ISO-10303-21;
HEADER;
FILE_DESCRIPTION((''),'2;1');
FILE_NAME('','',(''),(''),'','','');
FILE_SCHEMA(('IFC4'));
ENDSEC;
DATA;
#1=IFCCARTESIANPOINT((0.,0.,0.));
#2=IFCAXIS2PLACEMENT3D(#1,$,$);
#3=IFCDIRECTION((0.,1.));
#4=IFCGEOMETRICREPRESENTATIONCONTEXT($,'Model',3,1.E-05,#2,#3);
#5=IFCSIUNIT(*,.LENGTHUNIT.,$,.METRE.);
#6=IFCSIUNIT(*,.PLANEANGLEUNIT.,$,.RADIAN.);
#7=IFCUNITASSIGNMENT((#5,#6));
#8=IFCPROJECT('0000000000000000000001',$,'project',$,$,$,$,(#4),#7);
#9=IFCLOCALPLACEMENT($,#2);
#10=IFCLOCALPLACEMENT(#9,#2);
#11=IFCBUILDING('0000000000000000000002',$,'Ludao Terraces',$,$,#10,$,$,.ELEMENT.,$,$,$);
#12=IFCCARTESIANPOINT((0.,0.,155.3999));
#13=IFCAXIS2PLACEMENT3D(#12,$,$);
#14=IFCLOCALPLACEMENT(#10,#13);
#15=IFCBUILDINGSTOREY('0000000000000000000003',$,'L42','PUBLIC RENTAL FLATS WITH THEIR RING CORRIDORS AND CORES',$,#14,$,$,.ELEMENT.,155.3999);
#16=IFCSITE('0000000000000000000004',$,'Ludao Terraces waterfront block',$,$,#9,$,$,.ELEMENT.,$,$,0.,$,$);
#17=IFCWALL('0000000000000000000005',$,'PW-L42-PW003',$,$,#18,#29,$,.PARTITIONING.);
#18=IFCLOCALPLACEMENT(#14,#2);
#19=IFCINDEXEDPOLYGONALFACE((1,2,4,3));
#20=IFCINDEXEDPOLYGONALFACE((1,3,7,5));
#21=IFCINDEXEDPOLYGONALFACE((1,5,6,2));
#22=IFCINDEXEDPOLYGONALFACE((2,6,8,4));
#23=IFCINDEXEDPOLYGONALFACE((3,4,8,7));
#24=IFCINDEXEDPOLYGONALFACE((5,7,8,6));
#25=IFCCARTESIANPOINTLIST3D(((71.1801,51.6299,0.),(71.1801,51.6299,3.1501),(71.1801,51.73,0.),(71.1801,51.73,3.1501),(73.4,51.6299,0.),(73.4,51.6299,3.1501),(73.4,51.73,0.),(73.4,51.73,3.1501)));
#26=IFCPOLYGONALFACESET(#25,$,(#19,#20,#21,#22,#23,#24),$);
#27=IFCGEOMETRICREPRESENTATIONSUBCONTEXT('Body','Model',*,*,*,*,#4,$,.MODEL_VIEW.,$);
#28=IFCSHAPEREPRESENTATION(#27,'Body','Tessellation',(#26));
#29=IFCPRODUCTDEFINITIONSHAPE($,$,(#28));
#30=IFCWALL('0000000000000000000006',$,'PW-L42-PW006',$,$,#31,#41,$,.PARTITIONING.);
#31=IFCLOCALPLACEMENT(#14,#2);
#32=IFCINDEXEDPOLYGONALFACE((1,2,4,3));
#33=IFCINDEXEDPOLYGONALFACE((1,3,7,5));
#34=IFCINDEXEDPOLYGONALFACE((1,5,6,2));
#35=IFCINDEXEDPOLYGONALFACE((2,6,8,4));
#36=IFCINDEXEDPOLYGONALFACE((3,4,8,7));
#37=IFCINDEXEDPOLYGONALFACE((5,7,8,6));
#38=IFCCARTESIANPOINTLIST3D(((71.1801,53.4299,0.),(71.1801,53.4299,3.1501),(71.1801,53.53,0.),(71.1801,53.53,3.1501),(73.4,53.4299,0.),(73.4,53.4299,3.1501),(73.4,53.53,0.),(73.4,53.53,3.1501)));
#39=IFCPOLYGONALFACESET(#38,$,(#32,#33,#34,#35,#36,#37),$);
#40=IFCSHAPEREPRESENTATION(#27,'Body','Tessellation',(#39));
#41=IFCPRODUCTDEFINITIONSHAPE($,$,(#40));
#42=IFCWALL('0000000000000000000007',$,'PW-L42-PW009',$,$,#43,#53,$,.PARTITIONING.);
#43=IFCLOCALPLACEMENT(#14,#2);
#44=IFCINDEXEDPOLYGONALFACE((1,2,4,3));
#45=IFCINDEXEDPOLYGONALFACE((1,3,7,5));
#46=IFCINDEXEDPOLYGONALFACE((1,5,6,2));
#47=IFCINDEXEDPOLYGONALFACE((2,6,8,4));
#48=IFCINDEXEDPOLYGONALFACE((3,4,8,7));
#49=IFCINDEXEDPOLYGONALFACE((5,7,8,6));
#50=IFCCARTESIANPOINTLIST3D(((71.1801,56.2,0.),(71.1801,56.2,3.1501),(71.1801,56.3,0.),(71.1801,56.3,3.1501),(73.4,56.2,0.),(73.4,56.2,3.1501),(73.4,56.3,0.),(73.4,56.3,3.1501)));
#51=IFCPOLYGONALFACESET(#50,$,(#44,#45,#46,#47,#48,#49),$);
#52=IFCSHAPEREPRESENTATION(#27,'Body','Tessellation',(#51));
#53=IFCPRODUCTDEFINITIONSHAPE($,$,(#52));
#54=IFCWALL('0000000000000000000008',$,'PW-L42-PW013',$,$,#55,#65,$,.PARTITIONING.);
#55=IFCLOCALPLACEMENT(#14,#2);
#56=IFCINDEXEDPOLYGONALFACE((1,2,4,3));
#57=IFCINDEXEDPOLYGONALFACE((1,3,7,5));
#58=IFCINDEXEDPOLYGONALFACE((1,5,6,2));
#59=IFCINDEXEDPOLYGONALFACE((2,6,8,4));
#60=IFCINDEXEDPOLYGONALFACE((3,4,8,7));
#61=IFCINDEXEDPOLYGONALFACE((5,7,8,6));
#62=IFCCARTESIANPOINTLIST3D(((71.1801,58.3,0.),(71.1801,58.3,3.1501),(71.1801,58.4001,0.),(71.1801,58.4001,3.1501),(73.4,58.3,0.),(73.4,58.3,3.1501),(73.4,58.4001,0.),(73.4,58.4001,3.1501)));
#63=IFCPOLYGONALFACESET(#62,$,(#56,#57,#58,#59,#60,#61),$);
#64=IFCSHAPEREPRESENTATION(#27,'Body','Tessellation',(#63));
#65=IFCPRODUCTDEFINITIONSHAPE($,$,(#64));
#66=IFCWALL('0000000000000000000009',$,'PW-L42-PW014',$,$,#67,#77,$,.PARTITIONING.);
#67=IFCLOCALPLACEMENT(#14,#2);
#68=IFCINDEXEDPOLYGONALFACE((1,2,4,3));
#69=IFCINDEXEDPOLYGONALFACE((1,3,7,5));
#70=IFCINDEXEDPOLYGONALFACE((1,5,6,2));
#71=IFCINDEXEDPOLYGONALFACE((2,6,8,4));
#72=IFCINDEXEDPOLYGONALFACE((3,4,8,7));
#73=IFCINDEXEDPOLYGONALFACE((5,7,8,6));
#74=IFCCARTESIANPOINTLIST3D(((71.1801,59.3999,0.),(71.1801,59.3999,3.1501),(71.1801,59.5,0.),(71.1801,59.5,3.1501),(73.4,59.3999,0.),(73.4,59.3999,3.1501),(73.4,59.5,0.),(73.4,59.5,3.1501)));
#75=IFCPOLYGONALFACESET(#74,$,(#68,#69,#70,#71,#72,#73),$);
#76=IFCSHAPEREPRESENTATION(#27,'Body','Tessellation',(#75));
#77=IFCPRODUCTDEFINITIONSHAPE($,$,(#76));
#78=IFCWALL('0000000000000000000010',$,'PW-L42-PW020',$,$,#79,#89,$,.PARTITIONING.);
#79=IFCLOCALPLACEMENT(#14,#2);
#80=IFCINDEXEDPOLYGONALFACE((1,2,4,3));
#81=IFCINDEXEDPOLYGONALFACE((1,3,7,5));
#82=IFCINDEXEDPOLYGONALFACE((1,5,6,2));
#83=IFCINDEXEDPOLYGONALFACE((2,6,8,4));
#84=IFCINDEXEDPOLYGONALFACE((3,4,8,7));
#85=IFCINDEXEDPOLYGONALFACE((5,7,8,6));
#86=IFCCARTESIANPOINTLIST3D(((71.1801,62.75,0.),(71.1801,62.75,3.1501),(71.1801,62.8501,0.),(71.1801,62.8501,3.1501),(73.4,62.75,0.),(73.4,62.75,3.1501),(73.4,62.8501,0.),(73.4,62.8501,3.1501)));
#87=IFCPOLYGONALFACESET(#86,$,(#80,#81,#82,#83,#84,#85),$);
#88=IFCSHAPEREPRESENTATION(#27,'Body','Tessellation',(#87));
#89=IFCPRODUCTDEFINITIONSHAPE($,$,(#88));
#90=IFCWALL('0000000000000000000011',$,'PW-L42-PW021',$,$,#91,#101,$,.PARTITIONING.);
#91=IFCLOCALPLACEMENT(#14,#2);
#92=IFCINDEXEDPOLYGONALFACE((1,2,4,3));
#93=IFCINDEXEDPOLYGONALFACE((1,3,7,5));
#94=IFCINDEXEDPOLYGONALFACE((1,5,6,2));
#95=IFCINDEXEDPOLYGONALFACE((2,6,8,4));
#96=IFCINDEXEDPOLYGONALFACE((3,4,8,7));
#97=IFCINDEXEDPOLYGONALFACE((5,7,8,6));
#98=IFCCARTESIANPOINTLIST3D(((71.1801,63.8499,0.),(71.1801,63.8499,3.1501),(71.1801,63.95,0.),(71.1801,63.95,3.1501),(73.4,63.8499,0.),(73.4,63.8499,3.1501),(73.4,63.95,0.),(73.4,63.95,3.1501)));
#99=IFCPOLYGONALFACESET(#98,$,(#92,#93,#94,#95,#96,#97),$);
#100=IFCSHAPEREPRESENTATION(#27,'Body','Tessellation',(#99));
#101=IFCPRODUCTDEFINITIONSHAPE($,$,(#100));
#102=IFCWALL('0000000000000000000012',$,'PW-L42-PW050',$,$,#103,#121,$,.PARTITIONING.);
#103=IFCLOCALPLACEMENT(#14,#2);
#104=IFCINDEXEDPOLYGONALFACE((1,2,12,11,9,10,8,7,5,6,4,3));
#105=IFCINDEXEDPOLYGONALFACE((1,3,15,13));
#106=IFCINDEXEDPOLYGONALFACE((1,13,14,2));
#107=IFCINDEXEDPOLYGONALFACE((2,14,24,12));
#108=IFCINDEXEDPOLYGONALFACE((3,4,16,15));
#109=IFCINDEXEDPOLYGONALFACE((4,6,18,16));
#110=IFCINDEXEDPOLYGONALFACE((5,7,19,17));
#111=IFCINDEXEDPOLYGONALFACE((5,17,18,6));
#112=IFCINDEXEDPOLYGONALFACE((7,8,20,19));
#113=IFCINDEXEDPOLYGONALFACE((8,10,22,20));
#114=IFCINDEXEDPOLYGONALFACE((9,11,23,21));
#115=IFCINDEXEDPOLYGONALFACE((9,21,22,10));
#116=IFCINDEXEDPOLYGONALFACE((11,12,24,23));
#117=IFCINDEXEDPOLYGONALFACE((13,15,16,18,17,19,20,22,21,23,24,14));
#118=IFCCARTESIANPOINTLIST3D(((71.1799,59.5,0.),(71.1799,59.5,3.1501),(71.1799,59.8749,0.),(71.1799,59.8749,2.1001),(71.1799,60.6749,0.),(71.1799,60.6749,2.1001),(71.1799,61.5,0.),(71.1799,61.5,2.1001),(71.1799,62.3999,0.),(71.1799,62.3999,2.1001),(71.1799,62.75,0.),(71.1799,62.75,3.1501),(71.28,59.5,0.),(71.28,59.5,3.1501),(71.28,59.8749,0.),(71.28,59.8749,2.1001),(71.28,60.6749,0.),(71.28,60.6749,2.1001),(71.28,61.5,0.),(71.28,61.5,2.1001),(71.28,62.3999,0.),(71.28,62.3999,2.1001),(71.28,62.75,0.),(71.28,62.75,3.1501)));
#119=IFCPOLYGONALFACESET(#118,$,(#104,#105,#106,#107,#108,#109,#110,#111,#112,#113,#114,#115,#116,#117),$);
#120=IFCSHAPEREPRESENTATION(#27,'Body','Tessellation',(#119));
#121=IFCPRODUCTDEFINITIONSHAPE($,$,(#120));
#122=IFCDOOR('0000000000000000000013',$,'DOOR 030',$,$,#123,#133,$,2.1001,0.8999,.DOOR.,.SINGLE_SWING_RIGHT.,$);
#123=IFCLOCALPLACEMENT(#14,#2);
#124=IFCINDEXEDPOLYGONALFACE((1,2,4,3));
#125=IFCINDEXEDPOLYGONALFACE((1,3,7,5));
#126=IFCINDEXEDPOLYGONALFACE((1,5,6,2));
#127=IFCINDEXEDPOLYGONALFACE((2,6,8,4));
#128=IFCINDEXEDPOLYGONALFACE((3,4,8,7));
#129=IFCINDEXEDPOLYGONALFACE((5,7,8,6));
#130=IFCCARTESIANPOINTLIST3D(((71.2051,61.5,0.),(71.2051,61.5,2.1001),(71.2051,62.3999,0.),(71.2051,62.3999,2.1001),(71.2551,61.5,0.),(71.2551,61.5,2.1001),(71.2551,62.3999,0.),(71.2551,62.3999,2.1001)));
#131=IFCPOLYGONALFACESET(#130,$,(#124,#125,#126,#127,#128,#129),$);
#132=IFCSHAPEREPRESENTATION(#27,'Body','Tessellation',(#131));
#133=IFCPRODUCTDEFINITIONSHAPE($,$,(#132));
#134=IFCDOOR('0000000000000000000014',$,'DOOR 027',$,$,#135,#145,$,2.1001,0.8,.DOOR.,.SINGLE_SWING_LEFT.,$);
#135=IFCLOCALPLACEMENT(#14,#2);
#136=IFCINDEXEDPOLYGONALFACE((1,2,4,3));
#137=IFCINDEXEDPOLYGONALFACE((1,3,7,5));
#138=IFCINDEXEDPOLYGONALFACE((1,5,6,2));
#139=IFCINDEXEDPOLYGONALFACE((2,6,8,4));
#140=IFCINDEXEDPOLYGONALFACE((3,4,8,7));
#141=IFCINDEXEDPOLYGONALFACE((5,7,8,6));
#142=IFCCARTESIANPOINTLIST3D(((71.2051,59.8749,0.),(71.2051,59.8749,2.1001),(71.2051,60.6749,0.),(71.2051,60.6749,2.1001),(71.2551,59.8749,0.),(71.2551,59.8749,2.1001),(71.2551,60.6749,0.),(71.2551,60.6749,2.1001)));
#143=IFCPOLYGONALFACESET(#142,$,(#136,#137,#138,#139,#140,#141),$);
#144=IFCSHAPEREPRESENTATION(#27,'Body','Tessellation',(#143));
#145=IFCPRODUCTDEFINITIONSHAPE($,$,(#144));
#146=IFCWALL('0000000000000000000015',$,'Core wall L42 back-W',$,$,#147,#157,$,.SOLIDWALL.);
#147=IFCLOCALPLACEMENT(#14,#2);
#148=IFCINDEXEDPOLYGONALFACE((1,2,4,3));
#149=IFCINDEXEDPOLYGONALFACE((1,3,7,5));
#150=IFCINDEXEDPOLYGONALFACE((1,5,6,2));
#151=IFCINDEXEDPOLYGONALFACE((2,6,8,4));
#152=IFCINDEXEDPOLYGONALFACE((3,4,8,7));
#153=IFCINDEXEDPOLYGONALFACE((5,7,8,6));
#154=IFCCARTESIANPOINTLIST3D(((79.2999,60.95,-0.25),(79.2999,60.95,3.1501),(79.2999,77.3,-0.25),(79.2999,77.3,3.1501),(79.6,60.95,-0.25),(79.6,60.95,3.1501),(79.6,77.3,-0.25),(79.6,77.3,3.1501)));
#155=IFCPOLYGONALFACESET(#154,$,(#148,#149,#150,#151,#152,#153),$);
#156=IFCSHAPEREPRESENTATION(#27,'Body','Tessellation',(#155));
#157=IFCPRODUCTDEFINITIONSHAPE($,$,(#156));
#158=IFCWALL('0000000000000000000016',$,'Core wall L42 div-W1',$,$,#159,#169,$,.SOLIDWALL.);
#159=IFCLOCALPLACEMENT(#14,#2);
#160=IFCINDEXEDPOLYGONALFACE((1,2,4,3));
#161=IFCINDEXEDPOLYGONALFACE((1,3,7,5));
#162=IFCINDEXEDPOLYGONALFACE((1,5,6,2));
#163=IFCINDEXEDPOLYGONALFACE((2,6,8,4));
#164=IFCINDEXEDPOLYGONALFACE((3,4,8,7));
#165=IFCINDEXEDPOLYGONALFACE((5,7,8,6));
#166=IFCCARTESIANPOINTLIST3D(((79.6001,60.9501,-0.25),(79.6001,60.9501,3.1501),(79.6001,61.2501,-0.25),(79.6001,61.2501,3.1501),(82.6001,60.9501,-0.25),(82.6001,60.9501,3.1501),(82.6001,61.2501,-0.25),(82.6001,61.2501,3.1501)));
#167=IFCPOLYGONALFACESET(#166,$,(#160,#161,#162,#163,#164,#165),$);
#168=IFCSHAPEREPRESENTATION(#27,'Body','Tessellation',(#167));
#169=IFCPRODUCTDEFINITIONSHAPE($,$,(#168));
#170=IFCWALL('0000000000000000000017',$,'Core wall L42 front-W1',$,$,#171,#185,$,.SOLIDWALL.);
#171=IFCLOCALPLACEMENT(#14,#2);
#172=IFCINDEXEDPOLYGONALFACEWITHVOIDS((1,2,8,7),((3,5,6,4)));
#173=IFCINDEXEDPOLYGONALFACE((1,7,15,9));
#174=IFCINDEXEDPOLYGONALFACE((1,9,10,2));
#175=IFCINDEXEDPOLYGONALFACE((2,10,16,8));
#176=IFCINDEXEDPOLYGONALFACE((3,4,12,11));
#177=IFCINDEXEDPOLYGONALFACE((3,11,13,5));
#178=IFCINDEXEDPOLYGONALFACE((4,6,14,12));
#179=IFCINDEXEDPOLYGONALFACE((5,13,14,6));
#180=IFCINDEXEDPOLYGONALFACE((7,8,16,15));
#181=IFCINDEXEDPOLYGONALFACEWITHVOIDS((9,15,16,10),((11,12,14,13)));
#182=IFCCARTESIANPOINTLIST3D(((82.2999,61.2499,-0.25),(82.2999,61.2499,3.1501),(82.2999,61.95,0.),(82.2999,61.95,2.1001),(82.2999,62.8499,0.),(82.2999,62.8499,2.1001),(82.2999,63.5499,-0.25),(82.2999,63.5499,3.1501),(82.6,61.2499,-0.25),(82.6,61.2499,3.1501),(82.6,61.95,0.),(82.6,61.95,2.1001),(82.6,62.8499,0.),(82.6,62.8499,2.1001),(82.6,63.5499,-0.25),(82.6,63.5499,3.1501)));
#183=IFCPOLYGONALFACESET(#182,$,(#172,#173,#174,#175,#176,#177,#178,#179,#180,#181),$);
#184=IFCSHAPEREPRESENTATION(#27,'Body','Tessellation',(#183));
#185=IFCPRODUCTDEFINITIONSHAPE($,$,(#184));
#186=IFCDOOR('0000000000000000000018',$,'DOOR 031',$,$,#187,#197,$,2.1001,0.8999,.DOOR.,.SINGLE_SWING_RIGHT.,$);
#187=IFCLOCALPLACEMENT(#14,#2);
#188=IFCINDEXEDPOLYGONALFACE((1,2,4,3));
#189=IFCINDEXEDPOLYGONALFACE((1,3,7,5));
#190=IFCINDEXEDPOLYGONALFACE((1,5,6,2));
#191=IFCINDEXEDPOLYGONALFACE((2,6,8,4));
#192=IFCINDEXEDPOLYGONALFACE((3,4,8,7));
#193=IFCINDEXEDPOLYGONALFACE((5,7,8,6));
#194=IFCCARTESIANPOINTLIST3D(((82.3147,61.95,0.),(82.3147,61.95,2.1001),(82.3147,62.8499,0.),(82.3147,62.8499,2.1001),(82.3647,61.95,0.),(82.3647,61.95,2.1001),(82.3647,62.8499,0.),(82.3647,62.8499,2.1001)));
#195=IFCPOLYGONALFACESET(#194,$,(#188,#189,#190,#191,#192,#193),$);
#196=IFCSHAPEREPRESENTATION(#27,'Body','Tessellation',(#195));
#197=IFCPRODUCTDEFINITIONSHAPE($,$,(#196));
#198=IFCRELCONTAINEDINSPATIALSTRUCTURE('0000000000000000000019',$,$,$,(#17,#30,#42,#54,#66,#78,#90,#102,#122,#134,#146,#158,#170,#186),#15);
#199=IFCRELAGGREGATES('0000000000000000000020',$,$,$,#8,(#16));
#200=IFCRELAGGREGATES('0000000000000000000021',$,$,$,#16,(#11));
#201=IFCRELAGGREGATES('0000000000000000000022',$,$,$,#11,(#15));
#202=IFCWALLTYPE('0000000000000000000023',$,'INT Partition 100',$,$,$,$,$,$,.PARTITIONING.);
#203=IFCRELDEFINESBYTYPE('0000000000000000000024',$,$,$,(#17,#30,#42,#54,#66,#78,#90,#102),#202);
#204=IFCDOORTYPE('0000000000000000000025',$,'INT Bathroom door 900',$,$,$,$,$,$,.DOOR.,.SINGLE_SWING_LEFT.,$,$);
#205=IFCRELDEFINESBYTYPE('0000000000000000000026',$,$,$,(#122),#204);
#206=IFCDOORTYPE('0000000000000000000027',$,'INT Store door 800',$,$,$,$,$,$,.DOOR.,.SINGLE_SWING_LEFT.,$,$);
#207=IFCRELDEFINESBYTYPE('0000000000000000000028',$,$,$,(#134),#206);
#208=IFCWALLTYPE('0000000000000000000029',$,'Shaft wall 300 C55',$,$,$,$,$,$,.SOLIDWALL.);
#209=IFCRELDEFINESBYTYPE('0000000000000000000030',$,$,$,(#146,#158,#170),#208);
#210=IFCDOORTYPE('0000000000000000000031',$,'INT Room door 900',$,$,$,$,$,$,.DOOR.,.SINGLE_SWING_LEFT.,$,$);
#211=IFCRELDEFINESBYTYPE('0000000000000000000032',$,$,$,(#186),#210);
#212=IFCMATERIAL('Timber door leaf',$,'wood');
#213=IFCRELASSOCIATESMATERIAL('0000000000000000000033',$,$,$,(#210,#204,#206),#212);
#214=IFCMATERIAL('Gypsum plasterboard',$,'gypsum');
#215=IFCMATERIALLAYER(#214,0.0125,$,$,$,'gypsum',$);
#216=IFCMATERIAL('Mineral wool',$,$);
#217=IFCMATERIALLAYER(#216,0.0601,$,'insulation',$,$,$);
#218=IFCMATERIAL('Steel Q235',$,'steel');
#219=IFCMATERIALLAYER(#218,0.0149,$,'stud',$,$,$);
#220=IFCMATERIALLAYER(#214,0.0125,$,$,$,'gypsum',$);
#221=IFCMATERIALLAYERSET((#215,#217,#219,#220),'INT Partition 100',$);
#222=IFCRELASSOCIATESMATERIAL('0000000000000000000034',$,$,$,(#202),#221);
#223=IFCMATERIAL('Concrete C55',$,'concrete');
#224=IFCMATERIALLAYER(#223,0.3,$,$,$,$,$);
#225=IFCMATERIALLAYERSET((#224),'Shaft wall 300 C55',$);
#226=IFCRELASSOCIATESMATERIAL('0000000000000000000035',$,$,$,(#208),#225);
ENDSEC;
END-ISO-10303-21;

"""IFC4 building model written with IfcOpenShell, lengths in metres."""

from ifc_helpers import new_model, si_unit, direction, frame, frame_2d, origin, place, context, subcontext, project, spatial, rectangle, extrude, material, layer, layer_set, type_object, element, fill, save


model = new_model("IFC4")

# Units and contexts
model_context = context("Model", 3, precision=1e-05, world=origin(), true_north=direction((0.0, 1.0)))
body_context = subcontext(model_context, "Body", "Model", "MODEL_VIEW")
ifc_project = project(units=[si_unit("LENGTHUNIT", "METRE"), si_unit("PLANEANGLEUNIT", "RADIAN")], contexts=[model_context])

# Site, building, storey
site_placement = place(None, origin())
site = spatial("IfcSite", under=ifc_project, at=site_placement, Name="Ludao Terraces waterfront block", CompositionType="ELEMENT", RefElevation=0.0)
building_placement = place(site_placement, origin())
building = spatial("IfcBuilding", under=site, at=building_placement, Name="Ludao Terraces", CompositionType="ELEMENT")
storey_placement = place(building_placement, frame((0.0, 0.0, 155.3999)))
storey = spatial("IfcBuildingStorey", under=building, at=storey_placement, Name="L42", Description="PUBLIC RENTAL FLATS WITH THEIR RING CORRIDORS AND CORES", CompositionType="ELEMENT", Elevation=155.3999)

# Shared definitions
ifc_material_1 = material(Name="Steel Q235", Category="steel")
ifc_material_2 = material(Name="Timber door leaf", Category="wood")
door_type_1 = type_object("IfcDoorType", Name="INT Room door 900", OperationType="SINGLE_SWING_LEFT", PredefinedType="DOOR", material=ifc_material_2)

# Shared definitions
ifc_material_3 = material(Name="Mineral wool")

# Walls
ifc_material_4 = material(Name="Gypsum plasterboard", Category="gypsum")
ifc_layer_1 = layer(ifc_material_4, 0.0125, Category="gypsum")
ifc_layer_2 = layer(ifc_material_3, 0.0601, Name="insulation")
ifc_layer_3 = layer(ifc_material_1, 0.0149, Name="stud")
ifc_layer_4 = layer(ifc_material_4, 0.0125, Category="gypsum")
ifc_layer_set_1 = layer_set([ifc_layer_1, ifc_layer_2, ifc_layer_3, ifc_layer_4], Name="INT Partition 100")
wall_type_1 = type_object("IfcWallType", Name="INT Partition 100", PredefinedType="PARTITIONING", material=ifc_layer_set_1)
for number, where, z_axis, x_axis, name in (
    (1, (71.1802, 51.6799, 0.0), (0.0, 0.0, 1.0), (1.0, 0.0, 0.0), "PW-L42-PW003"),
    (2, (71.1802, 53.48, 0.0), (0.0, 0.0, 1.0), (1.0, 0.0, 0.0), "PW-L42-PW006"),
    (3, (71.1802, 56.25, 0.0), (0.0, 0.0, 1.0), (1.0, 0.0, 0.0), "PW-L42-PW009"),
    (4, (71.1802, 58.3501, 0.0), (0.0, 0.0, 1.0), (1.0, 0.0, 0.0), "PW-L42-PW013"),
    (5, (71.1802, 59.45, 0.0), (0.0, 0.0, 1.0), (1.0, 0.0, 0.0), "PW-L42-PW014"),
    (6, (71.1802, 62.8, 0.0), (0.0, 0.0, 1.0), (1.0, 0.0, 0.0), "PW-L42-PW020"),
    (7, (71.1802, 63.8999, 0.0), (0.0, 0.0, 1.0), (1.0, 0.0, 0.0), "PW-L42-PW021"),
):
    element("IfcWall", number, at=place(storey_placement, frame(where, z_axis=z_axis, x_axis=x_axis)), inside=storey, type_object=wall_type_1, Name=name, PredefinedType="PARTITIONING", context=body_context, shape_type="SweptSolid", body=[
        extrude(rectangle(XDim=2.22, YDim=0.1001, at=frame_2d((1.1099, 0.0))), origin(), (0.0, 0.0, 1.0), 3.1501),
    ])

# Wall, openings, doors
wall_1_placement = place(storey_placement, frame((71.23, 59.5, 0.0), z_axis=(0.0, 0.0, 1.0), x_axis=(0.0, 1.0, 0.0)))
wall_1 = element("IfcWall", 8, at=wall_1_placement, inside=storey, type_object=wall_type_1, Name="PW-L42-PW050", PredefinedType="PARTITIONING", context=body_context, shape_type="SweptSolid", body=[
    extrude(rectangle(XDim=3.25, YDim=0.1001, at=frame_2d((1.625, 0.0))), origin(), (0.0, 0.0, 1.0), 3.1501),
])
opening_1_placement = place(wall_1_placement, frame((0.375, 0.0, 0.0)))
opening_1 = element("IfcOpeningElement", 9, at=opening_1_placement, cuts=wall_1, PredefinedType="OPENING", context=body_context, shape_type="SweptSolid", body=[
    extrude(rectangle(XDim=0.8, YDim=2.1001, at=frame_2d((0.3999, 1.05))), frame((0.0, 0.0601, 0.0), z_axis=(0.0, -1.0, 0.0), x_axis=(1.0, 0.0, 0.0)), (0.0, 0.0, 1.0), 0.1201),
])
opening_2_placement = place(wall_1_placement, frame((2.0, 0.0, 0.0)))
opening_2 = element("IfcOpeningElement", 10, at=opening_2_placement, cuts=wall_1, PredefinedType="OPENING", context=body_context, shape_type="SweptSolid", body=[
    extrude(rectangle(XDim=0.8999, YDim=2.1001, at=frame_2d((0.45, 1.05))), frame((0.0, 0.0601, 0.0), z_axis=(0.0, -1.0, 0.0), x_axis=(1.0, 0.0, 0.0)), (0.0, 0.0, 1.0), 0.1201),
])
door_type_2 = type_object("IfcDoorType", Name="INT Bathroom door 900", OperationType="SINGLE_SWING_LEFT", PredefinedType="DOOR", material=ifc_material_2)
door_1_placement = place(opening_2_placement, origin())
door_1 = element("IfcDoor", 11, at=door_1_placement, inside=storey, type_object=door_type_2, Name="DOOR 030", OperationType="SINGLE_SWING_RIGHT", OverallHeight=2.1001, OverallWidth=0.8999, PredefinedType="DOOR", context=body_context, shape_type="SweptSolid", body=[
    extrude(rectangle(XDim=0.8999, YDim=2.1001, at=frame_2d((0.45, 1.05))), frame((0.0, 0.0249, 0.0), z_axis=(0.0, -1.0, 0.0), x_axis=(1.0, 0.0, 0.0)), (0.0, 0.0, 1.0), 0.05),
])
fill(opening_2, door_1)
door_type_3 = type_object("IfcDoorType", Name="INT Store door 800", OperationType="SINGLE_SWING_LEFT", PredefinedType="DOOR", material=ifc_material_2)
door_2_placement = place(opening_1_placement, origin())
door_2 = element("IfcDoor", 12, at=door_2_placement, inside=storey, type_object=door_type_3, Name="DOOR 027", OperationType="SINGLE_SWING_LEFT", OverallHeight=2.1001, OverallWidth=0.8, PredefinedType="DOOR", context=body_context, shape_type="SweptSolid", body=[
    extrude(rectangle(XDim=0.8, YDim=2.1001, at=frame_2d((0.3999, 1.05))), frame((0.0, 0.0249, 0.0), z_axis=(0.0, -1.0, 0.0), x_axis=(1.0, 0.0, 0.0)), (0.0, 0.0, 1.0), 0.05),
])
fill(opening_1, door_2)

# Walls
ifc_material_5 = material(Name="Concrete C55", Category="concrete")
ifc_layer_5 = layer(ifc_material_5, 0.3)
ifc_layer_set_2 = layer_set([ifc_layer_5], Name="Shaft wall 300 C55")
wall_type_2 = type_object("IfcWallType", Name="Shaft wall 300 C55", PredefinedType="SOLIDWALL", material=ifc_layer_set_2)
wall_2_placement = place(storey_placement, frame((79.45, 60.95, -0.25), z_axis=(0.0, 0.0, 1.0), x_axis=(0.0, 1.0, 0.0)))
element("IfcWall", 13, at=wall_2_placement, inside=storey, type_object=wall_type_2, Name="Core wall L42 back-W", PredefinedType="SOLIDWALL", context=body_context, shape_type="SweptSolid", body=[
    extrude(rectangle(XDim=16.3501, YDim=0.3, at=frame_2d((8.175, 0.0))), origin(), (0.0, 0.0, 1.0), 3.4001),
])
wall_3_placement = place(storey_placement, frame((79.6001, 61.1001, -0.25), z_axis=(0.0, 0.0, 1.0), x_axis=(1.0, 0.0, 0.0)))
element("IfcWall", 14, at=wall_3_placement, inside=storey, type_object=wall_type_2, Name="Core wall L42 div-W1", PredefinedType="SOLIDWALL", context=body_context, shape_type="SweptSolid", body=[
    extrude(rectangle(XDim=3.0, YDim=0.3, at=frame_2d((1.5, 0.0))), origin(), (0.0, 0.0, 1.0), 3.4001),
])

# Wall, opening, door
wall_4_placement = place(storey_placement, frame((82.45, 61.25, -0.25), z_axis=(0.0, 0.0, 1.0), x_axis=(0.0, 1.0, 0.0)))
wall_4 = element("IfcWall", 15, at=wall_4_placement, inside=storey, type_object=wall_type_2, Name="Core wall L42 front-W1", PredefinedType="SOLIDWALL", context=body_context, shape_type="SweptSolid", body=[
    extrude(rectangle(XDim=2.3, YDim=0.3, at=frame_2d((1.1499, 0.0))), origin(), (0.0, 0.0, 1.0), 3.4001),
])
opening_3_placement = place(wall_4_placement, frame((0.7, 0.0, 0.25)))
opening_3 = element("IfcOpeningElement", 16, at=opening_3_placement, cuts=wall_4, PredefinedType="OPENING", context=body_context, shape_type="SweptSolid", body=[
    extrude(rectangle(XDim=0.8999, YDim=2.1001, at=frame_2d((0.45, 1.05))), frame((0.0, 0.1602, 0.0), z_axis=(0.0, -1.0, 0.0), x_axis=(1.0, 0.0, 0.0)), (0.0, 0.0, 1.0), 0.3201),
])
door_3_placement = place(opening_3_placement, origin())
door_3 = element("IfcDoor", 17, at=door_3_placement, inside=storey, type_object=door_type_1, Name="DOOR 031", OperationType="SINGLE_SWING_RIGHT", OverallHeight=2.1001, OverallWidth=0.8999, PredefinedType="DOOR", context=body_context, shape_type="SweptSolid", body=[
    extrude(rectangle(XDim=0.8999, YDim=2.1001, at=frame_2d((0.45, 1.05))), frame((0.0, 0.1353, 0.0), z_axis=(0.0, -1.0, 0.0), x_axis=(1.0, 0.0, 0.0)), (0.0, 0.0, 1.0), 0.05),
])
fill(opening_3, door_3)

save(model, "model.ifc")
